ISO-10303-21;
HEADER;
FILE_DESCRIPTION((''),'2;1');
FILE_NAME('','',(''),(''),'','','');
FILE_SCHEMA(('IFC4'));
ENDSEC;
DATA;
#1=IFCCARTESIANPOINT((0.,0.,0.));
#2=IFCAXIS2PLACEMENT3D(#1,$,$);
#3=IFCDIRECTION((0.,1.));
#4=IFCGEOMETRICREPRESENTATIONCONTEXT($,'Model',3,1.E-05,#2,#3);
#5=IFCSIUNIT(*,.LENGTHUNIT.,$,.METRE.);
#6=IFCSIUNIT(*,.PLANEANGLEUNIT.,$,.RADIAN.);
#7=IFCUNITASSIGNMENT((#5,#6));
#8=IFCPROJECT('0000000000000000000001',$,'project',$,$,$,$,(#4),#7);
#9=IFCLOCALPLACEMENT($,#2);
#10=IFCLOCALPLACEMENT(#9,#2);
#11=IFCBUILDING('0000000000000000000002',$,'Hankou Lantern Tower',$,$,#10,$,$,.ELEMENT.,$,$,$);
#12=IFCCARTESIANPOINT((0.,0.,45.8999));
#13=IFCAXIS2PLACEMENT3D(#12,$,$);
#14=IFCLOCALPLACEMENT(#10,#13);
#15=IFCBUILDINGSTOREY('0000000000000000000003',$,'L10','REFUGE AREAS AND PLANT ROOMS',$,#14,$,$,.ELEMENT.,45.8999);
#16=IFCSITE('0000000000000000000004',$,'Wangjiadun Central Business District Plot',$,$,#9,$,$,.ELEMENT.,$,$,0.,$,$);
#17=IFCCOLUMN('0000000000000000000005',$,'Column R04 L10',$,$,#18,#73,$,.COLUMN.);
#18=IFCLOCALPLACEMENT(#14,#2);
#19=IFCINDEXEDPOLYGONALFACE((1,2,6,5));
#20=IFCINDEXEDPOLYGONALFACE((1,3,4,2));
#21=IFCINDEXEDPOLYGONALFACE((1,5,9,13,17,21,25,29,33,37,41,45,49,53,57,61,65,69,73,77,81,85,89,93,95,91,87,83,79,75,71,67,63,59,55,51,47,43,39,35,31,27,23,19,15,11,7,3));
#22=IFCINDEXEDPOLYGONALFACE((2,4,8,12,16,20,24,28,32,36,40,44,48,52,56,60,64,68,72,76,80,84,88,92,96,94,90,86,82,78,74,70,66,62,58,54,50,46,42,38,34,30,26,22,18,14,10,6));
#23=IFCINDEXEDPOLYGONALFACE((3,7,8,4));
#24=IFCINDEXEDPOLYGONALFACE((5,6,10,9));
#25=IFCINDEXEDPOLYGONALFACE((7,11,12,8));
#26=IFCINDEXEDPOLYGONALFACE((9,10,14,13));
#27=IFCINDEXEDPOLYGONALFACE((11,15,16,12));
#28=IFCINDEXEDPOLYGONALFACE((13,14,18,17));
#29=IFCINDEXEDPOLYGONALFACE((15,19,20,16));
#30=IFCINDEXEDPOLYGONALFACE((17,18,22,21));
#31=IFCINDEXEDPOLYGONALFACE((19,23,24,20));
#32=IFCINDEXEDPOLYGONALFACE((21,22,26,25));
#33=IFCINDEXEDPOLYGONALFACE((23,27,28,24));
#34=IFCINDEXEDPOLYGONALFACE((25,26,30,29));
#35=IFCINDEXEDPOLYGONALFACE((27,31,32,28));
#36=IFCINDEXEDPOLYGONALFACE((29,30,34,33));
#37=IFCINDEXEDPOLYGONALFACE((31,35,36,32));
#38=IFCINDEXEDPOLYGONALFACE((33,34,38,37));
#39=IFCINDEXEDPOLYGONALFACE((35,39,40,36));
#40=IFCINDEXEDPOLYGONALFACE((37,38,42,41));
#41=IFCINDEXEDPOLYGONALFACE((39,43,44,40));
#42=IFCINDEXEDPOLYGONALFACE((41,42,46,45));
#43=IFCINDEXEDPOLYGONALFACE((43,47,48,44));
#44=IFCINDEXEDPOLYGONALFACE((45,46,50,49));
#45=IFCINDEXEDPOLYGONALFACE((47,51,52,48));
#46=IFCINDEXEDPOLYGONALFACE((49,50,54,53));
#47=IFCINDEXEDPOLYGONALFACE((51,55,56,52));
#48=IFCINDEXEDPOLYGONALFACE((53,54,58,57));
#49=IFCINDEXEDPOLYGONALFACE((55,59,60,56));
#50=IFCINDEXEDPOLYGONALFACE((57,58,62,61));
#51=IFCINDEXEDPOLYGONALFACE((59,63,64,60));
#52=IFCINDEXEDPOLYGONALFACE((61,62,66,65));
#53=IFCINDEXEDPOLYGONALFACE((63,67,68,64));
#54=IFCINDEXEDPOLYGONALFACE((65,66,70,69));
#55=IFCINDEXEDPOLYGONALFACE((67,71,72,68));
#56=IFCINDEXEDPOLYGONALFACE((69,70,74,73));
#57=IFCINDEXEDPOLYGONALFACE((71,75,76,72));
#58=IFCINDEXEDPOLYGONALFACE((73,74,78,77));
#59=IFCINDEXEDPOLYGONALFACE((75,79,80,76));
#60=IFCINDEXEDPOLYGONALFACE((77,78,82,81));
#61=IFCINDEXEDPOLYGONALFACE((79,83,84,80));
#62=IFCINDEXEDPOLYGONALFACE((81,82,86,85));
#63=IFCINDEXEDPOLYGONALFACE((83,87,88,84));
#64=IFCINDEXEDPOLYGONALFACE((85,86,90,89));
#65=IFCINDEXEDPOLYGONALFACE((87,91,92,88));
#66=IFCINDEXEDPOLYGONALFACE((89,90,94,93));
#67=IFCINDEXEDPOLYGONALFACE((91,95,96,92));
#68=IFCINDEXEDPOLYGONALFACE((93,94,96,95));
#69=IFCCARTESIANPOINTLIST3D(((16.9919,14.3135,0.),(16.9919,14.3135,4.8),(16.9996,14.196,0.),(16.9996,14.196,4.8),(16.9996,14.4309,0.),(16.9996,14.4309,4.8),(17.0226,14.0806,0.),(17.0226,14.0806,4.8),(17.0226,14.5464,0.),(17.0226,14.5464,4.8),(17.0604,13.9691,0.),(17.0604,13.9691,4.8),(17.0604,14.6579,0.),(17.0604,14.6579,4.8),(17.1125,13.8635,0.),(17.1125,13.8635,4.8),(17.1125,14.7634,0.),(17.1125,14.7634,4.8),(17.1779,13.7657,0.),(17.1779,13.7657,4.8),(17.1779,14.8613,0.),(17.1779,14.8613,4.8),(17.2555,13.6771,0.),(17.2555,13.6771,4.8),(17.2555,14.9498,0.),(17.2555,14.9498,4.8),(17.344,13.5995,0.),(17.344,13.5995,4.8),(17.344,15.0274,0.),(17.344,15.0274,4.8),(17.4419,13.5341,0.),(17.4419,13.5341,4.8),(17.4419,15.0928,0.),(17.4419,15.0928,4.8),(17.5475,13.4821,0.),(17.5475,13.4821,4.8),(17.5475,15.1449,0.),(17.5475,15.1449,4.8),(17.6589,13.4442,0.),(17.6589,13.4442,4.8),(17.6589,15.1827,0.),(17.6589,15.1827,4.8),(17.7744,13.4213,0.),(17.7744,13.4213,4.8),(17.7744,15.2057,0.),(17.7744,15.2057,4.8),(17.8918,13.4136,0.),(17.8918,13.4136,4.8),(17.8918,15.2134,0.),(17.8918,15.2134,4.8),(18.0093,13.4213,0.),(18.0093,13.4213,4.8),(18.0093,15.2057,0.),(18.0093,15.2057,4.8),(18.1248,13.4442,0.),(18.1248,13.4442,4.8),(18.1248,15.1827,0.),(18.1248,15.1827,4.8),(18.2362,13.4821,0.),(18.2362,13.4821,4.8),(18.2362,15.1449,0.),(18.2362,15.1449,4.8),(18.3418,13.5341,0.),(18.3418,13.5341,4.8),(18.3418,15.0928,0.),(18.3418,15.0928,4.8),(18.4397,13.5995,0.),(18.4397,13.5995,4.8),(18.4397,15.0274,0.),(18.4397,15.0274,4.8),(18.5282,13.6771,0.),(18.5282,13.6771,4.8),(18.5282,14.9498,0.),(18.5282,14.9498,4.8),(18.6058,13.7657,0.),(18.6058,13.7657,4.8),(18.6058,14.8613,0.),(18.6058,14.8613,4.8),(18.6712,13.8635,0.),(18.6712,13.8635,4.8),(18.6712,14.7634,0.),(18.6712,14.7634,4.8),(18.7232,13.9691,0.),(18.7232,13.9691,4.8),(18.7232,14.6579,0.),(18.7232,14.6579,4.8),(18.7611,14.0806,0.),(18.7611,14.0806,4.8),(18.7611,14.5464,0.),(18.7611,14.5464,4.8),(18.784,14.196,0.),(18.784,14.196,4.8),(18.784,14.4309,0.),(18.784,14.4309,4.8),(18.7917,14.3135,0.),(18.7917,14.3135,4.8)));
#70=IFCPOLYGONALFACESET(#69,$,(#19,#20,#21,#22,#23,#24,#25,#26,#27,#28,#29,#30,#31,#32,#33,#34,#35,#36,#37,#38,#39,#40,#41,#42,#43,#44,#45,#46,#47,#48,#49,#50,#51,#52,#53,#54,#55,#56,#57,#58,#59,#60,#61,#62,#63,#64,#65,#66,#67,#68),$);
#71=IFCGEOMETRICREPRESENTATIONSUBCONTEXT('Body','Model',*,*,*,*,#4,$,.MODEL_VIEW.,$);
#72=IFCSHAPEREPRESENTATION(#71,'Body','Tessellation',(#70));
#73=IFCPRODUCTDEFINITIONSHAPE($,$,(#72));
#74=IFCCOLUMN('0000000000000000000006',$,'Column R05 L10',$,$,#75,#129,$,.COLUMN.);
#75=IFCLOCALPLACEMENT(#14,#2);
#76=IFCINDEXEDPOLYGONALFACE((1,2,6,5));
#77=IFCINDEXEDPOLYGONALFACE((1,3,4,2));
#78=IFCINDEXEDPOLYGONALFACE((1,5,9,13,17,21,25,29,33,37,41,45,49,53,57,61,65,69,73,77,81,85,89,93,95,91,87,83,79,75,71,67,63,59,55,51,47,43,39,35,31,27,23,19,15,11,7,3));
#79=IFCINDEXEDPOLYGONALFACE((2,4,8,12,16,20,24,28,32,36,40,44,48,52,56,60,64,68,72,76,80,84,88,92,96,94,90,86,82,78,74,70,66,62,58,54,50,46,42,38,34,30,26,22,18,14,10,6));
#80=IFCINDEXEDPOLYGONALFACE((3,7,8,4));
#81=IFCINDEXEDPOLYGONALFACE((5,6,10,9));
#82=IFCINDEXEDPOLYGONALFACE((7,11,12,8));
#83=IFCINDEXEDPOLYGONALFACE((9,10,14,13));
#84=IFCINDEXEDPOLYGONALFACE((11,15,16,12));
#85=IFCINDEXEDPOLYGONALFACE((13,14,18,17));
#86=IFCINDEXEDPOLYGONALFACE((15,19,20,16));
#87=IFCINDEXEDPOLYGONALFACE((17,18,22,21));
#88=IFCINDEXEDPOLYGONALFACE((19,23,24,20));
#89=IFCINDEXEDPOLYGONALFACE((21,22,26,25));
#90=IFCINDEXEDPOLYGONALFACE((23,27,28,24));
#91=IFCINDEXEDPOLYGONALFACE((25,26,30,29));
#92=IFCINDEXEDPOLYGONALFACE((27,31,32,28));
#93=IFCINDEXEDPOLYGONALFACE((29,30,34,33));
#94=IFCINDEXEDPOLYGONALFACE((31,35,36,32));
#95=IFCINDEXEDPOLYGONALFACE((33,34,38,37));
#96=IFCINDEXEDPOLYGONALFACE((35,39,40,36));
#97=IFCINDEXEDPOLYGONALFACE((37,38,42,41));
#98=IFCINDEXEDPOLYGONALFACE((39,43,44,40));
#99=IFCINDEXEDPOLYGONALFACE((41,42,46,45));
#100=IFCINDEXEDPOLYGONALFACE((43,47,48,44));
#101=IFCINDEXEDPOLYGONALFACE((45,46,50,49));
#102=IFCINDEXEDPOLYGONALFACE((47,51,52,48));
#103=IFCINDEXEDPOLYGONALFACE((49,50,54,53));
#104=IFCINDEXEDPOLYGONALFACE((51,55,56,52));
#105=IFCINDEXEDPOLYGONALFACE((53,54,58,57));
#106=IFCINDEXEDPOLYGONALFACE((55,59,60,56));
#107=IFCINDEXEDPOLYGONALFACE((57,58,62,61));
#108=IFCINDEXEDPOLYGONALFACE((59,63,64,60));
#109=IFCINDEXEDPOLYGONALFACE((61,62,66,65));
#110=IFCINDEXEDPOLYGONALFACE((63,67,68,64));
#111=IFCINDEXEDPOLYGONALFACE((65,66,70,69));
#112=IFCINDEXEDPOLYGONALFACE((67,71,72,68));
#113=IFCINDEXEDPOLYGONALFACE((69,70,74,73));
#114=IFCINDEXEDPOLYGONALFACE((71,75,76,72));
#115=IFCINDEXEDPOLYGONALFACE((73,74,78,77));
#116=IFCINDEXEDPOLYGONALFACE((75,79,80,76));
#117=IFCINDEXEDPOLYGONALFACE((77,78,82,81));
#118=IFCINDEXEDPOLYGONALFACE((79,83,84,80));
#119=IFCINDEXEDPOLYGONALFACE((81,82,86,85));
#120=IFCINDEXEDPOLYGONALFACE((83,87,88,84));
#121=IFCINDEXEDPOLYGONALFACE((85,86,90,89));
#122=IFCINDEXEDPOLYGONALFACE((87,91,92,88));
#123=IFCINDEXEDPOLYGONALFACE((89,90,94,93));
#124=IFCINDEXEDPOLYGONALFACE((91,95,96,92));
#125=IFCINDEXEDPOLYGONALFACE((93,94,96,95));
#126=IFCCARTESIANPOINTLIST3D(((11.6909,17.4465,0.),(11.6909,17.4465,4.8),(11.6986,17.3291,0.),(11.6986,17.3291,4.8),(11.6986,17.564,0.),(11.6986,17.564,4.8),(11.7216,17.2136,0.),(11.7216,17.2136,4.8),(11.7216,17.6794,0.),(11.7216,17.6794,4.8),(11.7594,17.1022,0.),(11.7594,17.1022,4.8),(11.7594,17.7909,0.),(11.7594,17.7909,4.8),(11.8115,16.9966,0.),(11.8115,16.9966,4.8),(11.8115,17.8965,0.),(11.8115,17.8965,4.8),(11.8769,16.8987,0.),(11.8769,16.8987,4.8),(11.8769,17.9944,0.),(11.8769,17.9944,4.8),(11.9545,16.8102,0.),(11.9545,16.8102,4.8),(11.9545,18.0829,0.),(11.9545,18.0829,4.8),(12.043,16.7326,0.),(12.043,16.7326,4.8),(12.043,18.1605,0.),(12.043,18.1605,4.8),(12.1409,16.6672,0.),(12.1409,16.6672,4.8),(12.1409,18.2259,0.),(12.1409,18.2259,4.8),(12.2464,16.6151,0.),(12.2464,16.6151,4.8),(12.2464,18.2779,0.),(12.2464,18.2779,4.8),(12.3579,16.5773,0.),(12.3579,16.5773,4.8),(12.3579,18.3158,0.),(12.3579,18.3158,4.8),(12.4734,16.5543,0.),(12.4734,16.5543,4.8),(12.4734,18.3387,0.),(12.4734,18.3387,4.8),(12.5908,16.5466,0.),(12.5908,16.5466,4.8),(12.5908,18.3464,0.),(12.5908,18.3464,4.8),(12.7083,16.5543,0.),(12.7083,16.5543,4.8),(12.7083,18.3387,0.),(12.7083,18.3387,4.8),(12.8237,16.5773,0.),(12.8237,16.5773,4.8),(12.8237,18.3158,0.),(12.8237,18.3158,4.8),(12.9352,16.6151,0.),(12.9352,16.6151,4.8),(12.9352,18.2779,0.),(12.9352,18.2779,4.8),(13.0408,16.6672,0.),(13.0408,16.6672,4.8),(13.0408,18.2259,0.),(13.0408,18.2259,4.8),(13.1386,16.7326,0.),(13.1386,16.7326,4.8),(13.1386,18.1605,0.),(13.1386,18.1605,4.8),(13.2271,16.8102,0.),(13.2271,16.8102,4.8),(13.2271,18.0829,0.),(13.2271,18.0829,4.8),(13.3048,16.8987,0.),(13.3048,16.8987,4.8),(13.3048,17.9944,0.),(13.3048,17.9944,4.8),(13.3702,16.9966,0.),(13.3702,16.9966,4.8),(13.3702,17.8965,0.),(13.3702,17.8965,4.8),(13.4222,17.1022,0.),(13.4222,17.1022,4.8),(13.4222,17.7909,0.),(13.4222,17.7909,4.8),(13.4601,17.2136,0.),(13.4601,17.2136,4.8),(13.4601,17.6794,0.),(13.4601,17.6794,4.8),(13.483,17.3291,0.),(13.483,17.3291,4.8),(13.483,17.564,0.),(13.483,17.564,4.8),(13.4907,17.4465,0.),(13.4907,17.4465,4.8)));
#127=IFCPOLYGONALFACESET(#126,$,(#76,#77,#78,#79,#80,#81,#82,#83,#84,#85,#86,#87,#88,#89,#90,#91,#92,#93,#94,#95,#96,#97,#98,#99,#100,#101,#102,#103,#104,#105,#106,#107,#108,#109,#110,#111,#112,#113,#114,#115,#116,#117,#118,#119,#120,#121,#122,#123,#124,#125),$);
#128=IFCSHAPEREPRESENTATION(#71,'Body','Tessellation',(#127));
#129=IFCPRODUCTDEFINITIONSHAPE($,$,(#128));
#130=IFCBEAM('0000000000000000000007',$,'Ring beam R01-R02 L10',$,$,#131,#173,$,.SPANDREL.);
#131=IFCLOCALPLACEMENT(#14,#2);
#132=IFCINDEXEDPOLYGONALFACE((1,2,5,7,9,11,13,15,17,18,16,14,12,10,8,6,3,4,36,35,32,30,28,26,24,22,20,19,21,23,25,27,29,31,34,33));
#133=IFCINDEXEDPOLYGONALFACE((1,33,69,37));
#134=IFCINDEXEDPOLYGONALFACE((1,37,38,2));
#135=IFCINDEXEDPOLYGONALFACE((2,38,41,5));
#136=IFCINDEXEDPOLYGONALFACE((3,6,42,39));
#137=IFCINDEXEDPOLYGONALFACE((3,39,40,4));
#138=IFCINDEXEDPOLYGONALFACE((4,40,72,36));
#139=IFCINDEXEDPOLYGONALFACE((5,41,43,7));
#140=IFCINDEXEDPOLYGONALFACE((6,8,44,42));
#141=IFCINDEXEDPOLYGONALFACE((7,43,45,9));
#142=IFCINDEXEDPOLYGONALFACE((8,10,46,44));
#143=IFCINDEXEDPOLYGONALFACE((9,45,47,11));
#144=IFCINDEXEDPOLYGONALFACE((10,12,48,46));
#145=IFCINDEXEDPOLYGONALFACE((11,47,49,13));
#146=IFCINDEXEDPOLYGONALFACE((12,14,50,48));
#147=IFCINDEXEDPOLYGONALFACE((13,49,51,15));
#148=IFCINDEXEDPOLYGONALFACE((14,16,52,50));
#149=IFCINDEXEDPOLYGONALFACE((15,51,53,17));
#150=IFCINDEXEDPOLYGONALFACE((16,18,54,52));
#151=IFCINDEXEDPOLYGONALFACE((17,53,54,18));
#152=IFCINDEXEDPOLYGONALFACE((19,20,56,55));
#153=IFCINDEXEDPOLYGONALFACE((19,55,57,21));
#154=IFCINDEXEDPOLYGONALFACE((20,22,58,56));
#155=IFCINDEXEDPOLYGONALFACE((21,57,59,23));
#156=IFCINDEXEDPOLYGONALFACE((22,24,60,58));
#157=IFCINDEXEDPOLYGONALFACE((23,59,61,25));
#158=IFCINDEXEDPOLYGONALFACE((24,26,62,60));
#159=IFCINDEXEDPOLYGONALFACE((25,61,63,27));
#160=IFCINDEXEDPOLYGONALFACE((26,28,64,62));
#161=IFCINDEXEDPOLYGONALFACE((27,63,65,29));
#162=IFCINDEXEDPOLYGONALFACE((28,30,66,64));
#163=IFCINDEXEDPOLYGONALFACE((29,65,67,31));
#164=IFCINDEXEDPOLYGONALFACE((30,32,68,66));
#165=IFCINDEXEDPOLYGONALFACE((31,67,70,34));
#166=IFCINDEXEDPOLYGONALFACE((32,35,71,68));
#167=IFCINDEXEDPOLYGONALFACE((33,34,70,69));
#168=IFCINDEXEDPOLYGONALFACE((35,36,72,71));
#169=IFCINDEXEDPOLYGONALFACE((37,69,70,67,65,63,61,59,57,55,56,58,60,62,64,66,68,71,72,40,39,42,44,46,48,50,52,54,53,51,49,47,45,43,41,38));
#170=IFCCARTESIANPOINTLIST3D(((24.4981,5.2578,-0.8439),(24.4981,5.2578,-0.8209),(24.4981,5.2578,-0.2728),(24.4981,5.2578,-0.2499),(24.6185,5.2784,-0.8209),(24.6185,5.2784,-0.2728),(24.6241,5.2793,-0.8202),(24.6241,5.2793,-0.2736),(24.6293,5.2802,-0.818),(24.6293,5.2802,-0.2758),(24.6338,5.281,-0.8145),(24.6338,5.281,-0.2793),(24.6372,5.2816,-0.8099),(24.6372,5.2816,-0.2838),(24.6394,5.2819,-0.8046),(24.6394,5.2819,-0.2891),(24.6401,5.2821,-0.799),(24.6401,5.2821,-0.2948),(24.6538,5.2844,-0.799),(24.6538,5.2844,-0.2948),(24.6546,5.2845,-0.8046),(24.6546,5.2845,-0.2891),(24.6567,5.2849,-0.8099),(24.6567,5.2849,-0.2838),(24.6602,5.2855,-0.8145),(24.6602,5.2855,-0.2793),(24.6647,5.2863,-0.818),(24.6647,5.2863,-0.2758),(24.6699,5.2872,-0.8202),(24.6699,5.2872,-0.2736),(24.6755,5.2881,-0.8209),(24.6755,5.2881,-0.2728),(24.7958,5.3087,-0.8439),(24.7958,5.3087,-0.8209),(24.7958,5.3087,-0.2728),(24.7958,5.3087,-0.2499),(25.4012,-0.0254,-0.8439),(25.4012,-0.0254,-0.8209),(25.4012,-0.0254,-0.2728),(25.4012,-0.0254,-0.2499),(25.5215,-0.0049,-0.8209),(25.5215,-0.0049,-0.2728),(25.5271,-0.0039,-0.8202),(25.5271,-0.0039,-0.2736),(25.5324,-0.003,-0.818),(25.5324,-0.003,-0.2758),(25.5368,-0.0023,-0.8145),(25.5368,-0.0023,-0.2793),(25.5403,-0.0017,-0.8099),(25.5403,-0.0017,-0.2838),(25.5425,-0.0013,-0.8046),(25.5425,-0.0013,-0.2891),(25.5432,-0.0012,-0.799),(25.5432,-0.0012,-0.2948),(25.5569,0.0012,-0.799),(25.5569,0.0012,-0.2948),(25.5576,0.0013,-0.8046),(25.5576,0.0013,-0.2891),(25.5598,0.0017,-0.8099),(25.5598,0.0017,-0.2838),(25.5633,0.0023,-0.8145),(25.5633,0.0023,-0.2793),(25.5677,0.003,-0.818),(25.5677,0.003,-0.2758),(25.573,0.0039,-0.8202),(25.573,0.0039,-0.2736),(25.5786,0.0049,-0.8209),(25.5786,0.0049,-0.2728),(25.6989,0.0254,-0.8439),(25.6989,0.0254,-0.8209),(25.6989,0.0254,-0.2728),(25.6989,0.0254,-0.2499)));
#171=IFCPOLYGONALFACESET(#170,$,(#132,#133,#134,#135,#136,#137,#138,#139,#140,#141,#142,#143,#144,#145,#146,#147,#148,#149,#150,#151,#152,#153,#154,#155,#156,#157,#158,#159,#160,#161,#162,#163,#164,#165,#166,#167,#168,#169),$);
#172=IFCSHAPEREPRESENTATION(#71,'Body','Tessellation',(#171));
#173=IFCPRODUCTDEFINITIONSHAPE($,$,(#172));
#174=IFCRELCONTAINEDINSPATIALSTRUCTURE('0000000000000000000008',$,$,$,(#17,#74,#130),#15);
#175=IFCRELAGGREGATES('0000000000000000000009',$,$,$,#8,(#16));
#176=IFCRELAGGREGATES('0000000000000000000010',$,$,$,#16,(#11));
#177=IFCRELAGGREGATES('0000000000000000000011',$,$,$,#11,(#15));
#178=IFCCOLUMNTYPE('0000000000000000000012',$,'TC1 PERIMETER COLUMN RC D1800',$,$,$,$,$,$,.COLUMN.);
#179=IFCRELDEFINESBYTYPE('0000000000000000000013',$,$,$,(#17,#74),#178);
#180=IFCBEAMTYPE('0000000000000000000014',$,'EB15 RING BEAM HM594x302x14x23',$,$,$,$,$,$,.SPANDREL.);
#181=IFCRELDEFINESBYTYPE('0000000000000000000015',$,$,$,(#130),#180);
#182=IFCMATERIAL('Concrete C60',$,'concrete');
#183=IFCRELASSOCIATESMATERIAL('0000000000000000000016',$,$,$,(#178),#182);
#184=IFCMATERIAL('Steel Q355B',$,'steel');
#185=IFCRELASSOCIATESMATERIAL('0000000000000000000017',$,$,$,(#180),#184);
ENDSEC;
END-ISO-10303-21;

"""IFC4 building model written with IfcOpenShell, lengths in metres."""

from ifc_helpers import new_model, si_unit, direction, frame, origin, origin_2d, place, context, subcontext, project, spatial, circle, i_section, extrude, material, material_profile, profile_set, type_object, element, save


model = new_model("IFC4")

# Units and contexts
model_context = context("Model", 3, precision=1e-05, world=origin(), true_north=direction((0.0, 1.0)))
body_context = subcontext(model_context, "Body", "Model", "MODEL_VIEW")
ifc_project = project(units=[si_unit("LENGTHUNIT", "METRE"), si_unit("PLANEANGLEUNIT", "RADIAN")], contexts=[model_context])

# Site, building, storey
site_placement = place(None, origin())
site = spatial("IfcSite", under=ifc_project, at=site_placement, Name="Wangjiadun Central Business District Plot", CompositionType="ELEMENT", RefElevation=0.0)
building_placement = place(site_placement, origin())
building = spatial("IfcBuilding", under=site, at=building_placement, Name="Hankou Lantern Tower", CompositionType="ELEMENT")
storey_placement = place(building_placement, frame((0.0, 0.0, 45.8999)))
storey = spatial("IfcBuildingStorey", under=building, at=storey_placement, Name="L10", Description="REFUGE AREAS AND PLANT ROOMS", CompositionType="ELEMENT", Elevation=45.8999)

# Columns
ifc_material_1 = material(Name="Concrete C60", Category="concrete")
ifc_material_profile_1 = material_profile(ifc_material_1, circle(Radius=0.8999, at=origin_2d()), Name="RC D1800")
ifc_profile_set_1 = profile_set([ifc_material_profile_1], Name="Concrete C60")
column_type = type_object("IfcColumnType", Name="TC1 PERIMETER COLUMN RC D1800", PredefinedType="COLUMN", material=ifc_profile_set_1)
for number, where, z_axis, x_axis, name in (
    (1, (17.8918, 14.3135, 0.0), (0.0, 0.0, 1.0), (1.0, 0.0, 0.0), "Column R04 L10"),
    (2, (12.5908, 17.4465, 0.0), (0.0, 0.0, 1.0), (1.0, 0.0, 0.0), "Column R05 L10"),
):
    element("IfcColumn", number, at=place(storey_placement, frame(where, z_axis=z_axis, x_axis=x_axis)), inside=storey, type_object=column_type, Name=name, PredefinedType="COLUMN", context=body_context, shape_type="SweptSolid", body=[
        extrude(circle(Radius=0.8999, at=origin_2d()), origin(), (0.0, 0.0, 1.0), 4.8),
    ])

# Beam
ifc_material_2 = material(Name="Steel Q355B", Category="steel")
ifc_material_profile_2 = material_profile(ifc_material_2, i_section(OverallWidth=0.302, OverallDepth=0.594, WebThickness=0.0139, FlangeThickness=0.0229, FilletRadius=0.022, at=origin_2d()), Name="HM594x302x14x23")
ifc_profile_set_2 = profile_set([ifc_material_profile_2], Name="Steel Q355B")
beam_type_1 = type_object("IfcBeamType", Name="EB15 RING BEAM HM594x302x14x23", PredefinedType="SPANDREL", material=ifc_profile_set_2)
beam_1_placement = place(storey_placement, frame((25.55, 0.0, -0.5469), z_axis=(-0.16849, 0.985703, 0.0), x_axis=(-0.985703, -0.16849, 0.0)))
element("IfcBeam", 3, at=beam_1_placement, inside=storey, type_object=beam_type_1, Name="Ring beam R01-R02 L10", PredefinedType="SPANDREL", context=body_context, shape_type="SweptSolid", body=[
    extrude(i_section(OverallWidth=0.302, OverallDepth=0.594, WebThickness=0.0139, FlangeThickness=0.0229, FilletRadius=0.022, at=origin_2d()), origin(), (0.0, 0.0, 1.0), 5.3599),
])

save(model, "model.ifc")
